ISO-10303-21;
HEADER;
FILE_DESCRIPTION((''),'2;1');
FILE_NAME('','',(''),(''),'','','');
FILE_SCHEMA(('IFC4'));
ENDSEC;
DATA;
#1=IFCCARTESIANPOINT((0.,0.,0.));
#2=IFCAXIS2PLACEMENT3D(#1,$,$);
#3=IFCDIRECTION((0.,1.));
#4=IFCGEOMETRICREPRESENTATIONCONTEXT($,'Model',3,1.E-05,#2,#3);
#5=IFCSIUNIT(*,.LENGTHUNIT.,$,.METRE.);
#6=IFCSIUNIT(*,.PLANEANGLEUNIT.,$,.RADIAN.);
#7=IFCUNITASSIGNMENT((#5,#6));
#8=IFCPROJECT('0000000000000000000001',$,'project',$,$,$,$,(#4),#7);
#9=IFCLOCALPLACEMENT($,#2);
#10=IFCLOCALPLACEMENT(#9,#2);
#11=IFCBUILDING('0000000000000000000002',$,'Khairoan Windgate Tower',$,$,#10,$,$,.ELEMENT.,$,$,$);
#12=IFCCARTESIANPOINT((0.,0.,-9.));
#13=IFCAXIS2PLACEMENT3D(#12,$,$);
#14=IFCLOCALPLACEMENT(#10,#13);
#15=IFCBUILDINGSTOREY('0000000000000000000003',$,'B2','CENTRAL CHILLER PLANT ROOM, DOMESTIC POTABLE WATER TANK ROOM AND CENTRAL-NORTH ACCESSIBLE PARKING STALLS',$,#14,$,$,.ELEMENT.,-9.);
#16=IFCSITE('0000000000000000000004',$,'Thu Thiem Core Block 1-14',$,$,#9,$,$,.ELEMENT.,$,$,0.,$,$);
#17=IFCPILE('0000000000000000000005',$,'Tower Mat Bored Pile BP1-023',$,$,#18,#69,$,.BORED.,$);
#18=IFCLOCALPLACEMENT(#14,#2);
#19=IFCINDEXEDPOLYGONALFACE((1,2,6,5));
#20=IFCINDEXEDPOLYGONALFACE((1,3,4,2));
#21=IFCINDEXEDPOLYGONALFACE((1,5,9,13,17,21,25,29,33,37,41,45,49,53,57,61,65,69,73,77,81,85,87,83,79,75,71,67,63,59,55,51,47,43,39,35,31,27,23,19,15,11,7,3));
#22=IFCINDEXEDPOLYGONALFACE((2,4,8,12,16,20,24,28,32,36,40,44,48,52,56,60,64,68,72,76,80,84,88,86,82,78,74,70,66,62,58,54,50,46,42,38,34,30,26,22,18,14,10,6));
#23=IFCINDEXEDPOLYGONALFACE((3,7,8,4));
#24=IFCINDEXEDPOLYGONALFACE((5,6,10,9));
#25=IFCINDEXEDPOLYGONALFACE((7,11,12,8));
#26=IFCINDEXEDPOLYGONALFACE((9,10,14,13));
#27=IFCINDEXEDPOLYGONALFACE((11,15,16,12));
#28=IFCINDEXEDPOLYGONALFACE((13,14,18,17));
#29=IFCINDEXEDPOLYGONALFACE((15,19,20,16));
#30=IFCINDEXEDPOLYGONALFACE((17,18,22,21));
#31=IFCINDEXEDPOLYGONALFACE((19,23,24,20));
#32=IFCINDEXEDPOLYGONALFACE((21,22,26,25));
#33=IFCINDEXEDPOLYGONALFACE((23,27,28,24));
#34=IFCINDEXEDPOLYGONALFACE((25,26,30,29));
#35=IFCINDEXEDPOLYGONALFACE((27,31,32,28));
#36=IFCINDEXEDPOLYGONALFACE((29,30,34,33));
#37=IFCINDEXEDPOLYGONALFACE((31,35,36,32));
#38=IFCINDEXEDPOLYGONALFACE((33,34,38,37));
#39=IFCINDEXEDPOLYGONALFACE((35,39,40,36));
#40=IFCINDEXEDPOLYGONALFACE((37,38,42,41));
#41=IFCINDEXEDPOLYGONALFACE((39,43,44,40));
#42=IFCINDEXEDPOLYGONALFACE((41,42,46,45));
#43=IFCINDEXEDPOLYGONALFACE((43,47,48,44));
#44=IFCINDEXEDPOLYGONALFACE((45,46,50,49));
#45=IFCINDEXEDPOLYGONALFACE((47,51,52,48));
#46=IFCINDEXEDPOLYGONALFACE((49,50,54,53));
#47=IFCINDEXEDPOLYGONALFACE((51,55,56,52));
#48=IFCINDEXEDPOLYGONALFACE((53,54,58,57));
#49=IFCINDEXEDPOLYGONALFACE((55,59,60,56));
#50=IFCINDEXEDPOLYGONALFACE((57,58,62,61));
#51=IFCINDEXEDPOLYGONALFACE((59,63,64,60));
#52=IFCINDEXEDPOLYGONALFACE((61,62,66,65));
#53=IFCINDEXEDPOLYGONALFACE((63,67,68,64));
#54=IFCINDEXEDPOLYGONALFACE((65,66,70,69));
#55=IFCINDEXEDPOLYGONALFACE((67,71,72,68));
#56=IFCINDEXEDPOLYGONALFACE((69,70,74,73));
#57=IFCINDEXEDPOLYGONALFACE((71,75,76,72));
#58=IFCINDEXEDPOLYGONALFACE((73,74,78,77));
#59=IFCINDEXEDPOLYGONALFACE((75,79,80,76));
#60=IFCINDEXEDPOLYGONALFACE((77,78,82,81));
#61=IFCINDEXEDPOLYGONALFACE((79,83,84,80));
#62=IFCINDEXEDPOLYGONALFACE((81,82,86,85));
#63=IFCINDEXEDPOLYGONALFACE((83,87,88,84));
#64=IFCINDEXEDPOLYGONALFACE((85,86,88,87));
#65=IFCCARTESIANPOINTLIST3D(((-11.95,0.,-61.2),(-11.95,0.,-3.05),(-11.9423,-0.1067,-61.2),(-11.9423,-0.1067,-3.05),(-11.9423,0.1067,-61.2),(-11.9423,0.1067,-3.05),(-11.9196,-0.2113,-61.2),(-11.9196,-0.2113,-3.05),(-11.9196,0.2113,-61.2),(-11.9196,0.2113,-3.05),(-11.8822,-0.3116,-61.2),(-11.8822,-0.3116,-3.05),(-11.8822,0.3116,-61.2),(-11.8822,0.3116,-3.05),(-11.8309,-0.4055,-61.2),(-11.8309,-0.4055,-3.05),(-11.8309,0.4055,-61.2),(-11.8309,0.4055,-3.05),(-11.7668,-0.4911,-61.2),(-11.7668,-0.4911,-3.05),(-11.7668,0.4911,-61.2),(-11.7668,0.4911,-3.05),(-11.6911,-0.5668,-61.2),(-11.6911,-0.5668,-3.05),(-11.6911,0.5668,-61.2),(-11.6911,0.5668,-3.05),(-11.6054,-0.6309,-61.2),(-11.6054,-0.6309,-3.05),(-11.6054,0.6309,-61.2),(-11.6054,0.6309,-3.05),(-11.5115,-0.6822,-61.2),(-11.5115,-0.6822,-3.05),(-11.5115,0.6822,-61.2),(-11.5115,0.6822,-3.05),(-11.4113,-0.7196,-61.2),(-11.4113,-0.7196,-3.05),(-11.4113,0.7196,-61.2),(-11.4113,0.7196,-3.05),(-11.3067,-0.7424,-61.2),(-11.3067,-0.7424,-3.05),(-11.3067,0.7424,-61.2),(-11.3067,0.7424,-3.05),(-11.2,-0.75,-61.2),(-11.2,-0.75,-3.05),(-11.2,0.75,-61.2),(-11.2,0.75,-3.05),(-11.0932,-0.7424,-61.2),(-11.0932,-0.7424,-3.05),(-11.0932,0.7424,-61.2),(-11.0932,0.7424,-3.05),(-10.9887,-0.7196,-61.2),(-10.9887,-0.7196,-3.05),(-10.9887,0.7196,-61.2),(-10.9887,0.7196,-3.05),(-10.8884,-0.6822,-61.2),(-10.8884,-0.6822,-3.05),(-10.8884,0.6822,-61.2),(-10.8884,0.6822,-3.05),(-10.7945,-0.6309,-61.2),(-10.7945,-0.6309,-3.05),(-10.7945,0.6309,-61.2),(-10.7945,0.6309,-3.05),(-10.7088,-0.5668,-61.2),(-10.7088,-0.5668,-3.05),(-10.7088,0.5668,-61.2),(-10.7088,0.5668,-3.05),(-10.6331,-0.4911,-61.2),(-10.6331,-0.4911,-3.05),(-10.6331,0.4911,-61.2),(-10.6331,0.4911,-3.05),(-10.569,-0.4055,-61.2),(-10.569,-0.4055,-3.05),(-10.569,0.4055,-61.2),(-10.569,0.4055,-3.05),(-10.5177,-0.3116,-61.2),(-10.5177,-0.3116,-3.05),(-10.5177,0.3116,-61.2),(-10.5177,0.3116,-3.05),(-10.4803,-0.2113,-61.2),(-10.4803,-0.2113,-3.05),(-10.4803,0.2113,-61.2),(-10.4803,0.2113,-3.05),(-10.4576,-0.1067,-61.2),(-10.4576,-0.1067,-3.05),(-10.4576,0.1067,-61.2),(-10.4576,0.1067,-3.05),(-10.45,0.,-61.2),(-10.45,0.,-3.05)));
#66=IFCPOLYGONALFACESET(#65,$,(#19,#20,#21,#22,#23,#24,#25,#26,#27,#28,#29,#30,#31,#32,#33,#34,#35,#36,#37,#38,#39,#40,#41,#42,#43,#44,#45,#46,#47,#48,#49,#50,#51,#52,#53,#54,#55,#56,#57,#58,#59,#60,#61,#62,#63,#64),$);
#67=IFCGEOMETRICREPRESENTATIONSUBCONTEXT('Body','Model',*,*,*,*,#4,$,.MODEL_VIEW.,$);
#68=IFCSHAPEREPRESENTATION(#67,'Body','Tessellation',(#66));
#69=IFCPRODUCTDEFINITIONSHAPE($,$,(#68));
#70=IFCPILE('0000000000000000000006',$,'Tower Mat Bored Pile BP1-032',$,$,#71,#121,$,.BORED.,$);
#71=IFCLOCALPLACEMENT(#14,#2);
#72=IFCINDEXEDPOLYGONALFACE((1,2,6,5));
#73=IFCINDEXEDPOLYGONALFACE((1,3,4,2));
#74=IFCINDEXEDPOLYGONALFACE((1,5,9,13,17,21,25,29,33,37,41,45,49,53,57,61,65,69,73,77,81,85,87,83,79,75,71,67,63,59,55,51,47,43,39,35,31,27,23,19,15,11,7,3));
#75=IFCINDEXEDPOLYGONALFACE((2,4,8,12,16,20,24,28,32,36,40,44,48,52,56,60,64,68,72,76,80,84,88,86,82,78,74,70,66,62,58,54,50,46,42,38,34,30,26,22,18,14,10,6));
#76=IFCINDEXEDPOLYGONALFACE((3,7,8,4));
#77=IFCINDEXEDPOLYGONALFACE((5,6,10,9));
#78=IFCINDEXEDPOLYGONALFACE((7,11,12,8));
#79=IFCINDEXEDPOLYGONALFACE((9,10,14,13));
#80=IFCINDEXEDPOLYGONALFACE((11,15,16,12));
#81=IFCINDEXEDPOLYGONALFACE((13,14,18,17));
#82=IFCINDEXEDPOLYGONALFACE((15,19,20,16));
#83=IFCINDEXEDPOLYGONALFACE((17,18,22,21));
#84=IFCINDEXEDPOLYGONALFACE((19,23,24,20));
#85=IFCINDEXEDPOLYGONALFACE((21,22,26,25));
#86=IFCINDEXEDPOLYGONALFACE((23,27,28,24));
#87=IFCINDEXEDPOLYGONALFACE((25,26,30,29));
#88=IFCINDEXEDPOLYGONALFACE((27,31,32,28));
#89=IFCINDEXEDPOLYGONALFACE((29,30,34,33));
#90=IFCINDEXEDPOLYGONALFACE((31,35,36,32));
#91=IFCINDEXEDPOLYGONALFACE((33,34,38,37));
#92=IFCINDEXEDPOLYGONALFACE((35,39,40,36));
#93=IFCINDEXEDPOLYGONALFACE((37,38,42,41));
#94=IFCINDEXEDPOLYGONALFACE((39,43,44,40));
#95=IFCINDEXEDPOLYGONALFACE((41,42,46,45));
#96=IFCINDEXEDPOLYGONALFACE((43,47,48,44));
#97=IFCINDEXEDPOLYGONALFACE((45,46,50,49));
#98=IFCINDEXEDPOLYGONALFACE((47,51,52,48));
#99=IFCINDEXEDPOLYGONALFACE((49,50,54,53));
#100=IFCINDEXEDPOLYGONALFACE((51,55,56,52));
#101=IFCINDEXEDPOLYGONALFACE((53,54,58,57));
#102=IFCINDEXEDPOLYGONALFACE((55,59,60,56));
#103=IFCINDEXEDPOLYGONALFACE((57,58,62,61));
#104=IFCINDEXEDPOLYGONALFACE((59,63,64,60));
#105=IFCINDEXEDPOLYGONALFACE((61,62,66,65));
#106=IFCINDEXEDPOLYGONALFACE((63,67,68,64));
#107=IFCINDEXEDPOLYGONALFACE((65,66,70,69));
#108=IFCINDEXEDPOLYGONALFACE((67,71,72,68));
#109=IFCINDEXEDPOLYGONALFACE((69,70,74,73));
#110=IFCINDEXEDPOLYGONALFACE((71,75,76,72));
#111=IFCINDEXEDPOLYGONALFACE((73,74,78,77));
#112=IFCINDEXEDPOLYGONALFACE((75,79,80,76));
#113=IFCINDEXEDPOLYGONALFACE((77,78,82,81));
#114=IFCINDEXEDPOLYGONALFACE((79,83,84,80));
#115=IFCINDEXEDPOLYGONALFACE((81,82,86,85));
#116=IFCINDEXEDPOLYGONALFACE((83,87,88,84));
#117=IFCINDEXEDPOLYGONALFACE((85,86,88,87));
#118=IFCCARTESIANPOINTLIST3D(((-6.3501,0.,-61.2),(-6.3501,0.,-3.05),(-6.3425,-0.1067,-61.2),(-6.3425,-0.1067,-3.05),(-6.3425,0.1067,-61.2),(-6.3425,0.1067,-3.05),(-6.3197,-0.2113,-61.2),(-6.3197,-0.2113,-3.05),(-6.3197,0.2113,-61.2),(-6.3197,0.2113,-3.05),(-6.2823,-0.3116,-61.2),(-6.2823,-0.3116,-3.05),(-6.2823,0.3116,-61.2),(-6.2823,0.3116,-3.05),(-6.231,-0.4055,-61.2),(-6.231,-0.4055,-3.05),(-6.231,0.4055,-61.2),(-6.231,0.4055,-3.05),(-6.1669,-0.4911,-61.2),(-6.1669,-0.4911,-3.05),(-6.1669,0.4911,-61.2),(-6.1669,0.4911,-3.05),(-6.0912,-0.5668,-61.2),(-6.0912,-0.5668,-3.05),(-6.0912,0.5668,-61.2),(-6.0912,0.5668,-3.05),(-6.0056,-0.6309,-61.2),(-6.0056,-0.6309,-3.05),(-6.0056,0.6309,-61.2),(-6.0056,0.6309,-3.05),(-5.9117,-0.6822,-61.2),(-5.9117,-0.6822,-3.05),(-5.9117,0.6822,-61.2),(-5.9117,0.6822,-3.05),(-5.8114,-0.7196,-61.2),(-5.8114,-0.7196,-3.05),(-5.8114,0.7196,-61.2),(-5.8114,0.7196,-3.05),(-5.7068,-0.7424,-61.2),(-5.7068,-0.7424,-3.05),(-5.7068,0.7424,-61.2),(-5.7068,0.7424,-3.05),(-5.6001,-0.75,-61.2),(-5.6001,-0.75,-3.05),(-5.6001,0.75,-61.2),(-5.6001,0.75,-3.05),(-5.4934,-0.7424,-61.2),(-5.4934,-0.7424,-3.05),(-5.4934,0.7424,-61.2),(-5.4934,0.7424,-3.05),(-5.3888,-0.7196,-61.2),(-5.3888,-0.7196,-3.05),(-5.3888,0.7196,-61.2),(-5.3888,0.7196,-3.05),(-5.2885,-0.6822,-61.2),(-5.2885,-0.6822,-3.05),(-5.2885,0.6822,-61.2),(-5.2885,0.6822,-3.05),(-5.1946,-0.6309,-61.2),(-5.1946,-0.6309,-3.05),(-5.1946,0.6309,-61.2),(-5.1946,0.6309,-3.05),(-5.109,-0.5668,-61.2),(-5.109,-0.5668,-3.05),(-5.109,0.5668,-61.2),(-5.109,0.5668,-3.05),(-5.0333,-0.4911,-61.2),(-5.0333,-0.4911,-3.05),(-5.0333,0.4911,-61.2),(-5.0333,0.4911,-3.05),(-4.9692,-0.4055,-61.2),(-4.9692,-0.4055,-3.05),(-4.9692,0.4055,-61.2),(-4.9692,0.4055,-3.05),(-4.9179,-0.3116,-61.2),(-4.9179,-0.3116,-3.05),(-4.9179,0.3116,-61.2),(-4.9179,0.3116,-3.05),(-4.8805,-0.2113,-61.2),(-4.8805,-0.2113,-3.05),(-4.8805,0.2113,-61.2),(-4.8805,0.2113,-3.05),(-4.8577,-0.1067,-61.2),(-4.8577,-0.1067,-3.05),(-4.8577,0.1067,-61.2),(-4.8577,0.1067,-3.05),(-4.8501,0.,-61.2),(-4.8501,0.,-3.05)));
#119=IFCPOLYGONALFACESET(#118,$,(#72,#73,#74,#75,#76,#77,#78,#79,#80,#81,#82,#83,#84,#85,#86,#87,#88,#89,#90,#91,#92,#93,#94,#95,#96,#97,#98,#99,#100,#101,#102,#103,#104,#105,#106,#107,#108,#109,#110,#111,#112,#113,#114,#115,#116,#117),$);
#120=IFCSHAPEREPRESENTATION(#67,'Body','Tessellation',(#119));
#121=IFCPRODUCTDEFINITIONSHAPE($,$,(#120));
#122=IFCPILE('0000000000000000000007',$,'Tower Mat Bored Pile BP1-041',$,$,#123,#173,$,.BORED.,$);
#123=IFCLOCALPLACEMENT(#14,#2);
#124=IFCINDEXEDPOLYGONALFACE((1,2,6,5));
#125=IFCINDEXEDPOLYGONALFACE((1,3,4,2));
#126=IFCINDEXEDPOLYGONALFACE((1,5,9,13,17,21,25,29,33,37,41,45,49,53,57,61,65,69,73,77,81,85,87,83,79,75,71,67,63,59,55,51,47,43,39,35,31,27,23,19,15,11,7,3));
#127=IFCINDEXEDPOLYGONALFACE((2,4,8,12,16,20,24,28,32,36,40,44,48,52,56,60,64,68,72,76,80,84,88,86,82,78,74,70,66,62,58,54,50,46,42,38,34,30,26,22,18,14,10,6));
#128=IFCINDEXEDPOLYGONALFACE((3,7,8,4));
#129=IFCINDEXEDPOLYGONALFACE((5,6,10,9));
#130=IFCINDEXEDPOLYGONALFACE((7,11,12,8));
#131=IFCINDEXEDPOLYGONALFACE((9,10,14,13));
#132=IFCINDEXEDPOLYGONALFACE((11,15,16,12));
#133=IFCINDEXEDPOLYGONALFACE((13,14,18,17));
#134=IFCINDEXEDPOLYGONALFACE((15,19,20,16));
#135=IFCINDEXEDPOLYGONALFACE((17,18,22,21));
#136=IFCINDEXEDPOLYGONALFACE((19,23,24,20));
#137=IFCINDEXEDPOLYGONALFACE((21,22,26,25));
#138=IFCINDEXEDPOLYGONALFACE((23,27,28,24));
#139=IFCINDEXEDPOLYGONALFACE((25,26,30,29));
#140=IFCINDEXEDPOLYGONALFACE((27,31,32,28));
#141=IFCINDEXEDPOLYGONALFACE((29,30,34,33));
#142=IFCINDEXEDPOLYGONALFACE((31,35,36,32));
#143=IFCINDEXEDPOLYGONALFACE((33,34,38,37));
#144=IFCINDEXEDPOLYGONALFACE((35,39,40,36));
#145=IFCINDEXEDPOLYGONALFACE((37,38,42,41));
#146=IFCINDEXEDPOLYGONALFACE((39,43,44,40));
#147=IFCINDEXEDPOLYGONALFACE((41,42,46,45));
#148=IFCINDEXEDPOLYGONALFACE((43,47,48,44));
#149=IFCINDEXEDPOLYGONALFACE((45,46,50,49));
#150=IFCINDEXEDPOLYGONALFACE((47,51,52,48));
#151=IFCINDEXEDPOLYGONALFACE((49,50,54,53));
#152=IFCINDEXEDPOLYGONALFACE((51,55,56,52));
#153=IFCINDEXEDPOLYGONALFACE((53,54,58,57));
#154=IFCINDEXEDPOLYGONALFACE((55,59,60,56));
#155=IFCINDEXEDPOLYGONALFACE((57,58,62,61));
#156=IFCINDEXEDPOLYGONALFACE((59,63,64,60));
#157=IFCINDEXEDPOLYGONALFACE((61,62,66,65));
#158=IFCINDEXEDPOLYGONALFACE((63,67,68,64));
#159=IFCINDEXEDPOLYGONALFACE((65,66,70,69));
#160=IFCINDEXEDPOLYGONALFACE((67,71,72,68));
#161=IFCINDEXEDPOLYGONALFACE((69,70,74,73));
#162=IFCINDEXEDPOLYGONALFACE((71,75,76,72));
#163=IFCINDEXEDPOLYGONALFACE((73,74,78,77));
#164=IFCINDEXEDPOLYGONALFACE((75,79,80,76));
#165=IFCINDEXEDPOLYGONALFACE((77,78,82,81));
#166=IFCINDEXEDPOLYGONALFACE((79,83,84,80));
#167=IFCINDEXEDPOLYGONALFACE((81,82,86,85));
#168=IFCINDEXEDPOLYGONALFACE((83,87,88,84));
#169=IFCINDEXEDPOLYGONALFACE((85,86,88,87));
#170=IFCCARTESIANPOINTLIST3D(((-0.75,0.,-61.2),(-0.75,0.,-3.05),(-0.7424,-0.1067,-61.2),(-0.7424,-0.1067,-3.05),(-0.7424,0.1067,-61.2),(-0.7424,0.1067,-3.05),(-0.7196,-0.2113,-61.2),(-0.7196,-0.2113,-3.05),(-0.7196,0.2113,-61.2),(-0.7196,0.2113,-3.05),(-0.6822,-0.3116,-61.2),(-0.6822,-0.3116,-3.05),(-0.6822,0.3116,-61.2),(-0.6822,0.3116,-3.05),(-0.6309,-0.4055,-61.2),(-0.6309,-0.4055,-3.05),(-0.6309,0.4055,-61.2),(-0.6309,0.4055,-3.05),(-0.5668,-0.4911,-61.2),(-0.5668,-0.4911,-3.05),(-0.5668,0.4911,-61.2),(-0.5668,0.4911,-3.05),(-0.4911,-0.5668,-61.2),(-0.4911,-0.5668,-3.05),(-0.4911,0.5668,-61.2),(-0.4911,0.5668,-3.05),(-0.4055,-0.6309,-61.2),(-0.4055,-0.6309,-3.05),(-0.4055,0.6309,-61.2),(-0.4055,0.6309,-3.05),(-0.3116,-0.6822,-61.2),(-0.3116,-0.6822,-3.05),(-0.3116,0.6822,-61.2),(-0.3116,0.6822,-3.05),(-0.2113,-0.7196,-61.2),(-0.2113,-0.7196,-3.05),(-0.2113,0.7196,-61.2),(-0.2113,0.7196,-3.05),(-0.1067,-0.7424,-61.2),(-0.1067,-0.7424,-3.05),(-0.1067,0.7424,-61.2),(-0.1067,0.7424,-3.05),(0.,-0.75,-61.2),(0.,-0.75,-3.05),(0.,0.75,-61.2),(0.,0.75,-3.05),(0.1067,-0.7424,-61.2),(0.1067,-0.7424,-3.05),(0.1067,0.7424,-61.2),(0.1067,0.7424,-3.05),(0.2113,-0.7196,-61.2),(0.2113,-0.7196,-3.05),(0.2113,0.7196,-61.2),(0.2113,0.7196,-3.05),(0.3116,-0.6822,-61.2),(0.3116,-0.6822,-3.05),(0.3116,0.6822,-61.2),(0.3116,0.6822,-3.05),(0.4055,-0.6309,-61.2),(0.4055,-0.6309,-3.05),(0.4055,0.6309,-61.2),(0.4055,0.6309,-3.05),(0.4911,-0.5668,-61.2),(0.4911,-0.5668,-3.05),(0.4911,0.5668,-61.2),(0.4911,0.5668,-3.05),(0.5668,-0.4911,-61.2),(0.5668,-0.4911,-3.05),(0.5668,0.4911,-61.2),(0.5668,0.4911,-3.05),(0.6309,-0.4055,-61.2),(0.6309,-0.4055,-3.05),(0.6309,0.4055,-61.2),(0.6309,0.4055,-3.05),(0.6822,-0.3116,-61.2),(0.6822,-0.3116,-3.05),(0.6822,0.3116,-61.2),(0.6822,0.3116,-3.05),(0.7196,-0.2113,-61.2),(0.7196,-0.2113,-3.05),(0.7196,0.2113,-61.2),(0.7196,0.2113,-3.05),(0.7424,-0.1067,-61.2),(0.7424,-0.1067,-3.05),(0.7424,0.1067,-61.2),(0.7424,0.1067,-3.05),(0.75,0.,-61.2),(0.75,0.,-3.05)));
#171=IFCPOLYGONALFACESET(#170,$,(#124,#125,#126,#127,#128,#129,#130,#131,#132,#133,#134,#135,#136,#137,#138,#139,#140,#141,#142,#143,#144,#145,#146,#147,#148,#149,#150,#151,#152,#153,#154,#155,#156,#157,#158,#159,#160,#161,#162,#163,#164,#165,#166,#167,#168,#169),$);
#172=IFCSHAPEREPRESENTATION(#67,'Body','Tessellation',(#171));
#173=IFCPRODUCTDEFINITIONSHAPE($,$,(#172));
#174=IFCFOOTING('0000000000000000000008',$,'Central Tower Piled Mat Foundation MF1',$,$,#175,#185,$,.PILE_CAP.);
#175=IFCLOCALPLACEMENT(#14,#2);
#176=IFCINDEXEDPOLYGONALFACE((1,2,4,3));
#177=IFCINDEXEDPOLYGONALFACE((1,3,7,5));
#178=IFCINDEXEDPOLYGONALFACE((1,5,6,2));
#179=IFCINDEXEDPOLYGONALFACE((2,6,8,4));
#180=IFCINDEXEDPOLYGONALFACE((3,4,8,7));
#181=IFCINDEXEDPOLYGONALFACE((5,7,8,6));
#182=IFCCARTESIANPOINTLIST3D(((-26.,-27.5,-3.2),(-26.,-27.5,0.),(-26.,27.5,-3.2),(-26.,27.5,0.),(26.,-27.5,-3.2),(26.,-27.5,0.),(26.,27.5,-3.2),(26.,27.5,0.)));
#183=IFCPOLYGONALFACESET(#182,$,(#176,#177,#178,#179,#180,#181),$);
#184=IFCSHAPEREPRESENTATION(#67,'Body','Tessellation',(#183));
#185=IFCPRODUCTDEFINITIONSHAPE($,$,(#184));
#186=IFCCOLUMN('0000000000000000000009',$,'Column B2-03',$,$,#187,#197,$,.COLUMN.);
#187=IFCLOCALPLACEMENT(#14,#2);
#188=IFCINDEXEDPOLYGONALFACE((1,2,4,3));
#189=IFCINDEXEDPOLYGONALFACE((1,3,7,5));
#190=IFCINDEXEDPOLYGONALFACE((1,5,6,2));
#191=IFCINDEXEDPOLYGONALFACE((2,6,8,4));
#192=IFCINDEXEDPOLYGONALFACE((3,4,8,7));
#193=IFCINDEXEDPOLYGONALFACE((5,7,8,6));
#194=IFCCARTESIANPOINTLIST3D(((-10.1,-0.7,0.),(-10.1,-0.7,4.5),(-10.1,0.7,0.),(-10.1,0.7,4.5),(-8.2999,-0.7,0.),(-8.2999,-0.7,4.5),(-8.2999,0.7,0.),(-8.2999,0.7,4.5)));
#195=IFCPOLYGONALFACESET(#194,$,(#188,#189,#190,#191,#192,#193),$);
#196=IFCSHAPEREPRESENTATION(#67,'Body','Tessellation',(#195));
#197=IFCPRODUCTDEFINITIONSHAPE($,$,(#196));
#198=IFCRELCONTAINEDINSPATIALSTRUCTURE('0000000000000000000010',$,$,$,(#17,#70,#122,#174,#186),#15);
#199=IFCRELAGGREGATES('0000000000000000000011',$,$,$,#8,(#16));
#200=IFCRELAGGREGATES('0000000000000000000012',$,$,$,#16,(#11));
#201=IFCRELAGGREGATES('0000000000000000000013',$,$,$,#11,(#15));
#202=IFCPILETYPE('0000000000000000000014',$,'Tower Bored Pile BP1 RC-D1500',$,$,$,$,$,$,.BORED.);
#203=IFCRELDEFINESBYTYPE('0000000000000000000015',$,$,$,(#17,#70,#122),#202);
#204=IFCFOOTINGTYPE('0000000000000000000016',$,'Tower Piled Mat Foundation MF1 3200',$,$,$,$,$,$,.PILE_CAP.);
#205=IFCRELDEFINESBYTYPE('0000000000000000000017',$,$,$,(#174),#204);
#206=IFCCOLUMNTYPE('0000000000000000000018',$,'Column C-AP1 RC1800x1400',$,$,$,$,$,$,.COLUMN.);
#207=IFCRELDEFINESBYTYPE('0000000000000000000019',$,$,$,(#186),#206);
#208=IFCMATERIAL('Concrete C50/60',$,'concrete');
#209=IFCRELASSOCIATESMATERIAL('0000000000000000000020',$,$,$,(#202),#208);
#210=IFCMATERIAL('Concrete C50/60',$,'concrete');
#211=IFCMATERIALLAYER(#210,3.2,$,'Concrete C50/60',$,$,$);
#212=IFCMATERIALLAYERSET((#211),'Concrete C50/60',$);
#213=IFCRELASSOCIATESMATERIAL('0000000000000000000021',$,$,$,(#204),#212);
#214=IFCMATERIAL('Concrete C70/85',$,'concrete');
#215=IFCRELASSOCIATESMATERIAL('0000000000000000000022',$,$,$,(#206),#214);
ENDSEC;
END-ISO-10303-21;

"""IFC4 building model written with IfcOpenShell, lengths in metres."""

from ifc_helpers import new_model, si_unit, direction, frame, origin, origin_2d, place, context, subcontext, project, spatial, polyline, rectangle, circle, outline, extrude, material, layer, layer_set, material_profile, profile_set, type_object, element, save


model = new_model("IFC4")

# Units and contexts
model_context = context("Model", 3, precision=1e-05, world=origin(), true_north=direction((0.0, 1.0)))
body_context = subcontext(model_context, "Body", "Model", "MODEL_VIEW")
ifc_project = project(units=[si_unit("LENGTHUNIT", "METRE"), si_unit("PLANEANGLEUNIT", "RADIAN")], contexts=[model_context])

# Site, building, storey
site_placement = place(None, origin())
site = spatial("IfcSite", under=ifc_project, at=site_placement, Name="Thu Thiem Core Block 1-14", CompositionType="ELEMENT", RefElevation=0.0)
building_placement = place(site_placement, origin())
building = spatial("IfcBuilding", under=site, at=building_placement, Name="Khairoan Windgate Tower", CompositionType="ELEMENT")
storey_placement = place(building_placement, frame((0.0, 0.0, -9.0)))
storey = spatial("IfcBuildingStorey", under=building, at=storey_placement, Name="B2", Description="CENTRAL CHILLER PLANT ROOM, DOMESTIC POTABLE WATER TANK ROOM AND CENTRAL-NORTH ACCESSIBLE PARKING STALLS", CompositionType="ELEMENT", Elevation=-9.0)

# Piles
ifc_material_1 = material(Name="Concrete C50/60", Category="concrete")
ifc_material_profile_1 = material_profile(ifc_material_1, circle(Radius=0.75, at=origin_2d()))
ifc_profile_set_1 = profile_set([ifc_material_profile_1], Name="Concrete C50/60")
pile_type = type_object("IfcPileType", Name="Tower Bored Pile BP1 RC-D1500", PredefinedType="BORED", material=ifc_profile_set_1)
for number, where, z_axis, x_axis, name in (
    (1, (-11.2, 0.0, -3.05), (0.0, 0.0, -1.0), (1.0, 0.0, 0.0), "Tower Mat Bored Pile BP1-023"),
    (2, (-5.6001, 0.0, -3.05), (0.0, 0.0, -1.0), (1.0, 0.0, 0.0), "Tower Mat Bored Pile BP1-032"),
    (3, (0.0, 0.0, -3.05), (0.0, 0.0, -1.0), (1.0, 0.0, 0.0), "Tower Mat Bored Pile BP1-041"),
):
    element("IfcPile", number, at=place(storey_placement, frame(where, z_axis=z_axis, x_axis=x_axis)), inside=storey, type_object=pile_type, Name=name, PredefinedType="BORED", context=body_context, shape_type="SweptSolid", body=[
        extrude(circle(Radius=0.75, at=origin_2d()), origin(), (0.0, 0.0, 1.0), 58.1499),
    ])

# Footing
ifc_material_2 = material(Name="Concrete C50/60", Category="concrete")
ifc_layer_1 = layer(ifc_material_2, 3.2, Name="Concrete C50/60")
ifc_layer_set_1 = layer_set([ifc_layer_1], Name="Concrete C50/60")
footing_type_1 = type_object("IfcFootingType", Name="Tower Piled Mat Foundation MF1 3200", PredefinedType="PILE_CAP", material=ifc_layer_set_1)
footing_1_placement = place(storey_placement, frame((0.0, 0.0, -3.2)))
element("IfcFooting", 4, at=footing_1_placement, inside=storey, type_object=footing_type_1, Name="Central Tower Piled Mat Foundation MF1", PredefinedType="PILE_CAP", context=body_context, shape_type="SweptSolid", body=[
    extrude(outline(polyline([(-26.0, -27.5), (26.0, -27.5), (26.0, 27.5), (-26.0, 27.5), (-26.0, -27.5)])), origin(), (0.0, 0.0, 1.0), 3.2),
])

# Column
ifc_material_3 = material(Name="Concrete C70/85", Category="concrete")
ifc_material_profile_2 = material_profile(ifc_material_3, rectangle(XDim=1.8, YDim=1.3999, at=origin_2d()))
ifc_profile_set_2 = profile_set([ifc_material_profile_2], Name="Concrete C70/85")
column_type = type_object("IfcColumnType", Name="Column C-AP1 RC1800x1400", PredefinedType="COLUMN", material=ifc_profile_set_2)
column_placement = place(storey_placement, frame((-9.2, 0.0, 0.0), z_axis=(0.0, 0.0, 1.0), x_axis=(1.0, 0.0, 0.0)))
element("IfcColumn", 5, at=column_placement, inside=storey, type_object=column_type, Name="Column B2-03", PredefinedType="COLUMN", context=body_context, shape_type="SweptSolid", body=[
    extrude(rectangle(XDim=1.8, YDim=1.3999, at=origin_2d()), origin(), (0.0, 0.0, 1.0), 4.5),
])

save(model, "model.ifc")
